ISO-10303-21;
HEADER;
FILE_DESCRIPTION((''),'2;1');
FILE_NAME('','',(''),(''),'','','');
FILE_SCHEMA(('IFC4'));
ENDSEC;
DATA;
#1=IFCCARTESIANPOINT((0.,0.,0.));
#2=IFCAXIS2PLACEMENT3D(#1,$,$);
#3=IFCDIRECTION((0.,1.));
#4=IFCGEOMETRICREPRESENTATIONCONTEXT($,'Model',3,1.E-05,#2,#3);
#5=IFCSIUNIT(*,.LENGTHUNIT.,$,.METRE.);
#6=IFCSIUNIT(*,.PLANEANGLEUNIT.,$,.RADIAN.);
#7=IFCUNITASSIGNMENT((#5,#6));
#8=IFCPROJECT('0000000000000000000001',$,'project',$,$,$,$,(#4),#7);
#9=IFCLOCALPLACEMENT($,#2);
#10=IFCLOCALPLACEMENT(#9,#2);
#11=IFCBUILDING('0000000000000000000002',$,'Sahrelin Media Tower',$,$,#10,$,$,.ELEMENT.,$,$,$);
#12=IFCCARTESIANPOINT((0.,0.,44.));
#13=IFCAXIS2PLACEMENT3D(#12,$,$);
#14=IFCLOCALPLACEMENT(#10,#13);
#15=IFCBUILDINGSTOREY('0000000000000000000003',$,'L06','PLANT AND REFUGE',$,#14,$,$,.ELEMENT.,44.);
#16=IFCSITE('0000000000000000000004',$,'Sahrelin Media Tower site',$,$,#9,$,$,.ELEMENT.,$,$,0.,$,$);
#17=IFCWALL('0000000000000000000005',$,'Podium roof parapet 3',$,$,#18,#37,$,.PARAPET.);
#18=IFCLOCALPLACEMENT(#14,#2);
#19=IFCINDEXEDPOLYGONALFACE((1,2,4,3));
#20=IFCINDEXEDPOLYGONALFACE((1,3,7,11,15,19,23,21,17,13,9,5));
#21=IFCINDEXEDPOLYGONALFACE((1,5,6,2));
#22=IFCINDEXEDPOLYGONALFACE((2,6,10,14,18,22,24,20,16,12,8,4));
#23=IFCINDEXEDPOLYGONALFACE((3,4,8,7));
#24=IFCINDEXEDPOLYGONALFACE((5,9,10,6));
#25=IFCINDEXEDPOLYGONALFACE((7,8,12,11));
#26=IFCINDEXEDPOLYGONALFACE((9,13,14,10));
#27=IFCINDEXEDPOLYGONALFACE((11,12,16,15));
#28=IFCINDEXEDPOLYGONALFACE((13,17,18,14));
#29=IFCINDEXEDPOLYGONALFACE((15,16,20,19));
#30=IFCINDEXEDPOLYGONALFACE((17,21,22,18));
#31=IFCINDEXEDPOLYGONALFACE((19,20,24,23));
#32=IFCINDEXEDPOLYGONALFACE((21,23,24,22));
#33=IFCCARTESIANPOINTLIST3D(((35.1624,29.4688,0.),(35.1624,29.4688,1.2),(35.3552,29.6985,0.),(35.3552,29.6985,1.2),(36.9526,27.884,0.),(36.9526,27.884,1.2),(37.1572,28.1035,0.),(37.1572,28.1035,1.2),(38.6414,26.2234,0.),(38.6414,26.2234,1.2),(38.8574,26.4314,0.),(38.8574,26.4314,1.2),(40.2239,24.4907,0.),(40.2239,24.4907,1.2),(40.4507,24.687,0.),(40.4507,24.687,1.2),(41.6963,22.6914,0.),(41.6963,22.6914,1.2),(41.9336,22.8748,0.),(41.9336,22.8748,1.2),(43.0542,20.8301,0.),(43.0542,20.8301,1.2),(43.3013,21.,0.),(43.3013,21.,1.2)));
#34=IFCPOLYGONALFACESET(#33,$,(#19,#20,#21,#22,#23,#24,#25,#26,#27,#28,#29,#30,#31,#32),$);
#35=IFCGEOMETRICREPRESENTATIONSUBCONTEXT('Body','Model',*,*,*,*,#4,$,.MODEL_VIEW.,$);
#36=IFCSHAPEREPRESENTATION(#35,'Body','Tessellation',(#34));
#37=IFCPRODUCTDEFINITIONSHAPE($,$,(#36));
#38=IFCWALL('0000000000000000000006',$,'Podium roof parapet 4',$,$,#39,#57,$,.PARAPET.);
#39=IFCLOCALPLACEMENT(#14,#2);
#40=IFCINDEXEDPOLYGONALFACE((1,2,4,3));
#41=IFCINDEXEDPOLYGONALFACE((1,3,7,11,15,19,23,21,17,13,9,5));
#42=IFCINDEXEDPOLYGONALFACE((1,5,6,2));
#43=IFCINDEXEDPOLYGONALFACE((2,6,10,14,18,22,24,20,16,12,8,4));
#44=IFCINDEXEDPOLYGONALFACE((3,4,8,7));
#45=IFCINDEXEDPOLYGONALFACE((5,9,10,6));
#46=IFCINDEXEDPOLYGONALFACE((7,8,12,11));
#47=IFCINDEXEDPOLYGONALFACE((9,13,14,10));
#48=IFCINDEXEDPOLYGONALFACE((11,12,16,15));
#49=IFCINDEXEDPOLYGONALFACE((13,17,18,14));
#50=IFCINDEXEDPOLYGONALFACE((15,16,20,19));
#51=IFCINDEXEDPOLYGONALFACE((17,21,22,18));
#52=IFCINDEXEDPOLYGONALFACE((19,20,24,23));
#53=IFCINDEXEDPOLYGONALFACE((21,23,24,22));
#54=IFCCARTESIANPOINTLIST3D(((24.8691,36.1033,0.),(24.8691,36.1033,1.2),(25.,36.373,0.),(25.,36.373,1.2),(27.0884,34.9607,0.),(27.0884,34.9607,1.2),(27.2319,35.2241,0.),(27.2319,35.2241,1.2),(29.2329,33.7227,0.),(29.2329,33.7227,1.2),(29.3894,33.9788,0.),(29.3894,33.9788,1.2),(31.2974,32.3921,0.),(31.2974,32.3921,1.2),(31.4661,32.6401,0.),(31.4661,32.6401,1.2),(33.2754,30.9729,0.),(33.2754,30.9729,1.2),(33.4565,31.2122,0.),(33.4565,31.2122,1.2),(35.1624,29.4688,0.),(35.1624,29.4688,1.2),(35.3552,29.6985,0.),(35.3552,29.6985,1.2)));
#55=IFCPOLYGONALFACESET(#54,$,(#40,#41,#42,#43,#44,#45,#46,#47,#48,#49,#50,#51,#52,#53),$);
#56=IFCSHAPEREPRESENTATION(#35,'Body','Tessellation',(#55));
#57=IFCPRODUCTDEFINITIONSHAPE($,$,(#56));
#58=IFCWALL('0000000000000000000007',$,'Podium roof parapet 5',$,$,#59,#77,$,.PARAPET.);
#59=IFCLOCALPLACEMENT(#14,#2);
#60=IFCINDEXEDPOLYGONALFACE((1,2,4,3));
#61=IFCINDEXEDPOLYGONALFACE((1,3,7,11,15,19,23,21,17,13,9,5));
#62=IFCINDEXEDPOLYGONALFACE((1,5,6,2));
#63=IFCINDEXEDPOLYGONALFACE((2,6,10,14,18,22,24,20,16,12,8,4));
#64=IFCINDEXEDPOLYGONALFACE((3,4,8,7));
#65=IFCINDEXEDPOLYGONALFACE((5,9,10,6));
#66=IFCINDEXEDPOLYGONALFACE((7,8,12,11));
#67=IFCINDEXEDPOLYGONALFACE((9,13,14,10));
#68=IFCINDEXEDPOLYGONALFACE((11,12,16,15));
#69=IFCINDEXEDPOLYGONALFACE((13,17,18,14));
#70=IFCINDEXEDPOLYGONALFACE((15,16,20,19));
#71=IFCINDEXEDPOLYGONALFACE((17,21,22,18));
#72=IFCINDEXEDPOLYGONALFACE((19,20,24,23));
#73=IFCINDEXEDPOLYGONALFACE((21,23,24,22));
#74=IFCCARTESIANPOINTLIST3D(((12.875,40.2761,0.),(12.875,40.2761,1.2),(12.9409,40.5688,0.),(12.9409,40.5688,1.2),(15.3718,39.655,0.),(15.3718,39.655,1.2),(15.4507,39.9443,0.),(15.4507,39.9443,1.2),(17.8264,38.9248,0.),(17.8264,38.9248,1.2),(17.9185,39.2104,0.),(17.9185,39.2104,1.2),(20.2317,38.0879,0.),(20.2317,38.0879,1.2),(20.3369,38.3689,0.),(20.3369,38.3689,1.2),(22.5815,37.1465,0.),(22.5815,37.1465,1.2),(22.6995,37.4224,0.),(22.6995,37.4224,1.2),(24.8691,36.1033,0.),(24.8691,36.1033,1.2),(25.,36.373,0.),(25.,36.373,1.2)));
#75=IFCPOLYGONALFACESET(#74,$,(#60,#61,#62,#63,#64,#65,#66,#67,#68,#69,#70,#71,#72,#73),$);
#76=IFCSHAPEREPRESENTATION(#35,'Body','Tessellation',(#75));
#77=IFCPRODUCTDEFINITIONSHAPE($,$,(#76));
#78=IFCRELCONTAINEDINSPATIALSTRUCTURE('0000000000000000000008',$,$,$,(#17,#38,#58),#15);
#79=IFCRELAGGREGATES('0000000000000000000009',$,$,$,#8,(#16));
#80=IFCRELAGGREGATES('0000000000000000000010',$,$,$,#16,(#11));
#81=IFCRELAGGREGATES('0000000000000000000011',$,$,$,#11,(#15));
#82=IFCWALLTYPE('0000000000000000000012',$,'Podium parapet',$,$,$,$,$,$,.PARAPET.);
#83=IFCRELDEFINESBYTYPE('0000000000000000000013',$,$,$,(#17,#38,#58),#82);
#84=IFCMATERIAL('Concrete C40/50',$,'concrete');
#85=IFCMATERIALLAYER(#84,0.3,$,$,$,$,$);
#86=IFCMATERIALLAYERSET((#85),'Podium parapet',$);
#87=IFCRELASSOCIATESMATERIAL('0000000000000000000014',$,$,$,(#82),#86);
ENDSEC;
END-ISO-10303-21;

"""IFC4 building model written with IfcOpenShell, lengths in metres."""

from ifc_helpers import new_model, si_unit, direction, frame, origin, place, context, subcontext, project, spatial, polyline, outline, extrude, material, layer, layer_set, type_object, element, save


model = new_model("IFC4")

# Units and contexts
model_context = context("Model", 3, precision=1e-05, world=origin(), true_north=direction((0.0, 1.0)))
body_context = subcontext(model_context, "Body", "Model", "MODEL_VIEW")
ifc_project = project(units=[si_unit("LENGTHUNIT", "METRE"), si_unit("PLANEANGLEUNIT", "RADIAN")], contexts=[model_context])

# Site, building, storey
site_placement = place(None, origin())
site = spatial("IfcSite", under=ifc_project, at=site_placement, Name="Sahrelin Media Tower site", CompositionType="ELEMENT", RefElevation=0.0)
building_placement = place(site_placement, origin())
building = spatial("IfcBuilding", under=site, at=building_placement, Name="Sahrelin Media Tower", CompositionType="ELEMENT")
storey_placement = place(building_placement, frame((0.0, 0.0, 44.0)))
storey = spatial("IfcBuildingStorey", under=building, at=storey_placement, Name="L06", Description="PLANT AND REFUGE", CompositionType="ELEMENT", Elevation=44.0)

# Shared definitions
ifc_material_1 = material(Name="Concrete C40/50", Category="concrete")

# Shared definitions
placement_1 = place(storey_placement, origin())

# Walls
ifc_layer_1 = layer(ifc_material_1, 0.3)
ifc_layer_set_1 = layer_set([ifc_layer_1], Name="Podium parapet")
wall_type_1 = type_object("IfcWallType", Name="Podium parapet", PredefinedType="PARAPET", material=ifc_layer_set_1)
element("IfcWall", 1, at=placement_1, inside=storey, type_object=wall_type_1, Name="Podium roof parapet 3", PredefinedType="PARAPET", context=body_context, shape_type="SweptSolid", body=[
    extrude(outline(polyline([(43.3013, 21.0), (41.9336, 22.8748), (40.4507, 24.687), (38.8574, 26.4314), (37.1572, 28.1035), (35.3552, 29.6985), (35.1624, 29.4688), (36.9526, 27.884), (38.6414, 26.2234), (40.2239, 24.4907), (41.6963, 22.6914), (43.0542, 20.8301), (43.3013, 21.0)])), origin(), (0.0, 0.0, 1.0), 1.2),
])
element("IfcWall", 2, at=placement_1, inside=storey, type_object=wall_type_1, Name="Podium roof parapet 4", PredefinedType="PARAPET", context=body_context, shape_type="SweptSolid", body=[
    extrude(outline(polyline([(35.3552, 29.6985), (33.4565, 31.2122), (31.4661, 32.6401), (29.3894, 33.9788), (27.2319, 35.2241), (25.0, 36.373), (24.8691, 36.1033), (27.0884, 34.9607), (29.2329, 33.7227), (31.2974, 32.3921), (33.2754, 30.9729), (35.1624, 29.4688), (35.3552, 29.6985)])), origin(), (0.0, 0.0, 1.0), 1.2),
])
element("IfcWall", 3, at=placement_1, inside=storey, type_object=wall_type_1, Name="Podium roof parapet 5", PredefinedType="PARAPET", context=body_context, shape_type="SweptSolid", body=[
    extrude(outline(polyline([(25.0, 36.373), (22.6995, 37.4224), (20.3369, 38.3689), (17.9185, 39.2104), (15.4507, 39.9443), (12.9409, 40.5688), (12.875, 40.2761), (15.3718, 39.655), (17.8264, 38.9248), (20.2317, 38.0879), (22.5815, 37.1465), (24.8691, 36.1033), (25.0, 36.373)])), origin(), (0.0, 0.0, 1.0), 1.2),
])

save(model, "model.ifc")
